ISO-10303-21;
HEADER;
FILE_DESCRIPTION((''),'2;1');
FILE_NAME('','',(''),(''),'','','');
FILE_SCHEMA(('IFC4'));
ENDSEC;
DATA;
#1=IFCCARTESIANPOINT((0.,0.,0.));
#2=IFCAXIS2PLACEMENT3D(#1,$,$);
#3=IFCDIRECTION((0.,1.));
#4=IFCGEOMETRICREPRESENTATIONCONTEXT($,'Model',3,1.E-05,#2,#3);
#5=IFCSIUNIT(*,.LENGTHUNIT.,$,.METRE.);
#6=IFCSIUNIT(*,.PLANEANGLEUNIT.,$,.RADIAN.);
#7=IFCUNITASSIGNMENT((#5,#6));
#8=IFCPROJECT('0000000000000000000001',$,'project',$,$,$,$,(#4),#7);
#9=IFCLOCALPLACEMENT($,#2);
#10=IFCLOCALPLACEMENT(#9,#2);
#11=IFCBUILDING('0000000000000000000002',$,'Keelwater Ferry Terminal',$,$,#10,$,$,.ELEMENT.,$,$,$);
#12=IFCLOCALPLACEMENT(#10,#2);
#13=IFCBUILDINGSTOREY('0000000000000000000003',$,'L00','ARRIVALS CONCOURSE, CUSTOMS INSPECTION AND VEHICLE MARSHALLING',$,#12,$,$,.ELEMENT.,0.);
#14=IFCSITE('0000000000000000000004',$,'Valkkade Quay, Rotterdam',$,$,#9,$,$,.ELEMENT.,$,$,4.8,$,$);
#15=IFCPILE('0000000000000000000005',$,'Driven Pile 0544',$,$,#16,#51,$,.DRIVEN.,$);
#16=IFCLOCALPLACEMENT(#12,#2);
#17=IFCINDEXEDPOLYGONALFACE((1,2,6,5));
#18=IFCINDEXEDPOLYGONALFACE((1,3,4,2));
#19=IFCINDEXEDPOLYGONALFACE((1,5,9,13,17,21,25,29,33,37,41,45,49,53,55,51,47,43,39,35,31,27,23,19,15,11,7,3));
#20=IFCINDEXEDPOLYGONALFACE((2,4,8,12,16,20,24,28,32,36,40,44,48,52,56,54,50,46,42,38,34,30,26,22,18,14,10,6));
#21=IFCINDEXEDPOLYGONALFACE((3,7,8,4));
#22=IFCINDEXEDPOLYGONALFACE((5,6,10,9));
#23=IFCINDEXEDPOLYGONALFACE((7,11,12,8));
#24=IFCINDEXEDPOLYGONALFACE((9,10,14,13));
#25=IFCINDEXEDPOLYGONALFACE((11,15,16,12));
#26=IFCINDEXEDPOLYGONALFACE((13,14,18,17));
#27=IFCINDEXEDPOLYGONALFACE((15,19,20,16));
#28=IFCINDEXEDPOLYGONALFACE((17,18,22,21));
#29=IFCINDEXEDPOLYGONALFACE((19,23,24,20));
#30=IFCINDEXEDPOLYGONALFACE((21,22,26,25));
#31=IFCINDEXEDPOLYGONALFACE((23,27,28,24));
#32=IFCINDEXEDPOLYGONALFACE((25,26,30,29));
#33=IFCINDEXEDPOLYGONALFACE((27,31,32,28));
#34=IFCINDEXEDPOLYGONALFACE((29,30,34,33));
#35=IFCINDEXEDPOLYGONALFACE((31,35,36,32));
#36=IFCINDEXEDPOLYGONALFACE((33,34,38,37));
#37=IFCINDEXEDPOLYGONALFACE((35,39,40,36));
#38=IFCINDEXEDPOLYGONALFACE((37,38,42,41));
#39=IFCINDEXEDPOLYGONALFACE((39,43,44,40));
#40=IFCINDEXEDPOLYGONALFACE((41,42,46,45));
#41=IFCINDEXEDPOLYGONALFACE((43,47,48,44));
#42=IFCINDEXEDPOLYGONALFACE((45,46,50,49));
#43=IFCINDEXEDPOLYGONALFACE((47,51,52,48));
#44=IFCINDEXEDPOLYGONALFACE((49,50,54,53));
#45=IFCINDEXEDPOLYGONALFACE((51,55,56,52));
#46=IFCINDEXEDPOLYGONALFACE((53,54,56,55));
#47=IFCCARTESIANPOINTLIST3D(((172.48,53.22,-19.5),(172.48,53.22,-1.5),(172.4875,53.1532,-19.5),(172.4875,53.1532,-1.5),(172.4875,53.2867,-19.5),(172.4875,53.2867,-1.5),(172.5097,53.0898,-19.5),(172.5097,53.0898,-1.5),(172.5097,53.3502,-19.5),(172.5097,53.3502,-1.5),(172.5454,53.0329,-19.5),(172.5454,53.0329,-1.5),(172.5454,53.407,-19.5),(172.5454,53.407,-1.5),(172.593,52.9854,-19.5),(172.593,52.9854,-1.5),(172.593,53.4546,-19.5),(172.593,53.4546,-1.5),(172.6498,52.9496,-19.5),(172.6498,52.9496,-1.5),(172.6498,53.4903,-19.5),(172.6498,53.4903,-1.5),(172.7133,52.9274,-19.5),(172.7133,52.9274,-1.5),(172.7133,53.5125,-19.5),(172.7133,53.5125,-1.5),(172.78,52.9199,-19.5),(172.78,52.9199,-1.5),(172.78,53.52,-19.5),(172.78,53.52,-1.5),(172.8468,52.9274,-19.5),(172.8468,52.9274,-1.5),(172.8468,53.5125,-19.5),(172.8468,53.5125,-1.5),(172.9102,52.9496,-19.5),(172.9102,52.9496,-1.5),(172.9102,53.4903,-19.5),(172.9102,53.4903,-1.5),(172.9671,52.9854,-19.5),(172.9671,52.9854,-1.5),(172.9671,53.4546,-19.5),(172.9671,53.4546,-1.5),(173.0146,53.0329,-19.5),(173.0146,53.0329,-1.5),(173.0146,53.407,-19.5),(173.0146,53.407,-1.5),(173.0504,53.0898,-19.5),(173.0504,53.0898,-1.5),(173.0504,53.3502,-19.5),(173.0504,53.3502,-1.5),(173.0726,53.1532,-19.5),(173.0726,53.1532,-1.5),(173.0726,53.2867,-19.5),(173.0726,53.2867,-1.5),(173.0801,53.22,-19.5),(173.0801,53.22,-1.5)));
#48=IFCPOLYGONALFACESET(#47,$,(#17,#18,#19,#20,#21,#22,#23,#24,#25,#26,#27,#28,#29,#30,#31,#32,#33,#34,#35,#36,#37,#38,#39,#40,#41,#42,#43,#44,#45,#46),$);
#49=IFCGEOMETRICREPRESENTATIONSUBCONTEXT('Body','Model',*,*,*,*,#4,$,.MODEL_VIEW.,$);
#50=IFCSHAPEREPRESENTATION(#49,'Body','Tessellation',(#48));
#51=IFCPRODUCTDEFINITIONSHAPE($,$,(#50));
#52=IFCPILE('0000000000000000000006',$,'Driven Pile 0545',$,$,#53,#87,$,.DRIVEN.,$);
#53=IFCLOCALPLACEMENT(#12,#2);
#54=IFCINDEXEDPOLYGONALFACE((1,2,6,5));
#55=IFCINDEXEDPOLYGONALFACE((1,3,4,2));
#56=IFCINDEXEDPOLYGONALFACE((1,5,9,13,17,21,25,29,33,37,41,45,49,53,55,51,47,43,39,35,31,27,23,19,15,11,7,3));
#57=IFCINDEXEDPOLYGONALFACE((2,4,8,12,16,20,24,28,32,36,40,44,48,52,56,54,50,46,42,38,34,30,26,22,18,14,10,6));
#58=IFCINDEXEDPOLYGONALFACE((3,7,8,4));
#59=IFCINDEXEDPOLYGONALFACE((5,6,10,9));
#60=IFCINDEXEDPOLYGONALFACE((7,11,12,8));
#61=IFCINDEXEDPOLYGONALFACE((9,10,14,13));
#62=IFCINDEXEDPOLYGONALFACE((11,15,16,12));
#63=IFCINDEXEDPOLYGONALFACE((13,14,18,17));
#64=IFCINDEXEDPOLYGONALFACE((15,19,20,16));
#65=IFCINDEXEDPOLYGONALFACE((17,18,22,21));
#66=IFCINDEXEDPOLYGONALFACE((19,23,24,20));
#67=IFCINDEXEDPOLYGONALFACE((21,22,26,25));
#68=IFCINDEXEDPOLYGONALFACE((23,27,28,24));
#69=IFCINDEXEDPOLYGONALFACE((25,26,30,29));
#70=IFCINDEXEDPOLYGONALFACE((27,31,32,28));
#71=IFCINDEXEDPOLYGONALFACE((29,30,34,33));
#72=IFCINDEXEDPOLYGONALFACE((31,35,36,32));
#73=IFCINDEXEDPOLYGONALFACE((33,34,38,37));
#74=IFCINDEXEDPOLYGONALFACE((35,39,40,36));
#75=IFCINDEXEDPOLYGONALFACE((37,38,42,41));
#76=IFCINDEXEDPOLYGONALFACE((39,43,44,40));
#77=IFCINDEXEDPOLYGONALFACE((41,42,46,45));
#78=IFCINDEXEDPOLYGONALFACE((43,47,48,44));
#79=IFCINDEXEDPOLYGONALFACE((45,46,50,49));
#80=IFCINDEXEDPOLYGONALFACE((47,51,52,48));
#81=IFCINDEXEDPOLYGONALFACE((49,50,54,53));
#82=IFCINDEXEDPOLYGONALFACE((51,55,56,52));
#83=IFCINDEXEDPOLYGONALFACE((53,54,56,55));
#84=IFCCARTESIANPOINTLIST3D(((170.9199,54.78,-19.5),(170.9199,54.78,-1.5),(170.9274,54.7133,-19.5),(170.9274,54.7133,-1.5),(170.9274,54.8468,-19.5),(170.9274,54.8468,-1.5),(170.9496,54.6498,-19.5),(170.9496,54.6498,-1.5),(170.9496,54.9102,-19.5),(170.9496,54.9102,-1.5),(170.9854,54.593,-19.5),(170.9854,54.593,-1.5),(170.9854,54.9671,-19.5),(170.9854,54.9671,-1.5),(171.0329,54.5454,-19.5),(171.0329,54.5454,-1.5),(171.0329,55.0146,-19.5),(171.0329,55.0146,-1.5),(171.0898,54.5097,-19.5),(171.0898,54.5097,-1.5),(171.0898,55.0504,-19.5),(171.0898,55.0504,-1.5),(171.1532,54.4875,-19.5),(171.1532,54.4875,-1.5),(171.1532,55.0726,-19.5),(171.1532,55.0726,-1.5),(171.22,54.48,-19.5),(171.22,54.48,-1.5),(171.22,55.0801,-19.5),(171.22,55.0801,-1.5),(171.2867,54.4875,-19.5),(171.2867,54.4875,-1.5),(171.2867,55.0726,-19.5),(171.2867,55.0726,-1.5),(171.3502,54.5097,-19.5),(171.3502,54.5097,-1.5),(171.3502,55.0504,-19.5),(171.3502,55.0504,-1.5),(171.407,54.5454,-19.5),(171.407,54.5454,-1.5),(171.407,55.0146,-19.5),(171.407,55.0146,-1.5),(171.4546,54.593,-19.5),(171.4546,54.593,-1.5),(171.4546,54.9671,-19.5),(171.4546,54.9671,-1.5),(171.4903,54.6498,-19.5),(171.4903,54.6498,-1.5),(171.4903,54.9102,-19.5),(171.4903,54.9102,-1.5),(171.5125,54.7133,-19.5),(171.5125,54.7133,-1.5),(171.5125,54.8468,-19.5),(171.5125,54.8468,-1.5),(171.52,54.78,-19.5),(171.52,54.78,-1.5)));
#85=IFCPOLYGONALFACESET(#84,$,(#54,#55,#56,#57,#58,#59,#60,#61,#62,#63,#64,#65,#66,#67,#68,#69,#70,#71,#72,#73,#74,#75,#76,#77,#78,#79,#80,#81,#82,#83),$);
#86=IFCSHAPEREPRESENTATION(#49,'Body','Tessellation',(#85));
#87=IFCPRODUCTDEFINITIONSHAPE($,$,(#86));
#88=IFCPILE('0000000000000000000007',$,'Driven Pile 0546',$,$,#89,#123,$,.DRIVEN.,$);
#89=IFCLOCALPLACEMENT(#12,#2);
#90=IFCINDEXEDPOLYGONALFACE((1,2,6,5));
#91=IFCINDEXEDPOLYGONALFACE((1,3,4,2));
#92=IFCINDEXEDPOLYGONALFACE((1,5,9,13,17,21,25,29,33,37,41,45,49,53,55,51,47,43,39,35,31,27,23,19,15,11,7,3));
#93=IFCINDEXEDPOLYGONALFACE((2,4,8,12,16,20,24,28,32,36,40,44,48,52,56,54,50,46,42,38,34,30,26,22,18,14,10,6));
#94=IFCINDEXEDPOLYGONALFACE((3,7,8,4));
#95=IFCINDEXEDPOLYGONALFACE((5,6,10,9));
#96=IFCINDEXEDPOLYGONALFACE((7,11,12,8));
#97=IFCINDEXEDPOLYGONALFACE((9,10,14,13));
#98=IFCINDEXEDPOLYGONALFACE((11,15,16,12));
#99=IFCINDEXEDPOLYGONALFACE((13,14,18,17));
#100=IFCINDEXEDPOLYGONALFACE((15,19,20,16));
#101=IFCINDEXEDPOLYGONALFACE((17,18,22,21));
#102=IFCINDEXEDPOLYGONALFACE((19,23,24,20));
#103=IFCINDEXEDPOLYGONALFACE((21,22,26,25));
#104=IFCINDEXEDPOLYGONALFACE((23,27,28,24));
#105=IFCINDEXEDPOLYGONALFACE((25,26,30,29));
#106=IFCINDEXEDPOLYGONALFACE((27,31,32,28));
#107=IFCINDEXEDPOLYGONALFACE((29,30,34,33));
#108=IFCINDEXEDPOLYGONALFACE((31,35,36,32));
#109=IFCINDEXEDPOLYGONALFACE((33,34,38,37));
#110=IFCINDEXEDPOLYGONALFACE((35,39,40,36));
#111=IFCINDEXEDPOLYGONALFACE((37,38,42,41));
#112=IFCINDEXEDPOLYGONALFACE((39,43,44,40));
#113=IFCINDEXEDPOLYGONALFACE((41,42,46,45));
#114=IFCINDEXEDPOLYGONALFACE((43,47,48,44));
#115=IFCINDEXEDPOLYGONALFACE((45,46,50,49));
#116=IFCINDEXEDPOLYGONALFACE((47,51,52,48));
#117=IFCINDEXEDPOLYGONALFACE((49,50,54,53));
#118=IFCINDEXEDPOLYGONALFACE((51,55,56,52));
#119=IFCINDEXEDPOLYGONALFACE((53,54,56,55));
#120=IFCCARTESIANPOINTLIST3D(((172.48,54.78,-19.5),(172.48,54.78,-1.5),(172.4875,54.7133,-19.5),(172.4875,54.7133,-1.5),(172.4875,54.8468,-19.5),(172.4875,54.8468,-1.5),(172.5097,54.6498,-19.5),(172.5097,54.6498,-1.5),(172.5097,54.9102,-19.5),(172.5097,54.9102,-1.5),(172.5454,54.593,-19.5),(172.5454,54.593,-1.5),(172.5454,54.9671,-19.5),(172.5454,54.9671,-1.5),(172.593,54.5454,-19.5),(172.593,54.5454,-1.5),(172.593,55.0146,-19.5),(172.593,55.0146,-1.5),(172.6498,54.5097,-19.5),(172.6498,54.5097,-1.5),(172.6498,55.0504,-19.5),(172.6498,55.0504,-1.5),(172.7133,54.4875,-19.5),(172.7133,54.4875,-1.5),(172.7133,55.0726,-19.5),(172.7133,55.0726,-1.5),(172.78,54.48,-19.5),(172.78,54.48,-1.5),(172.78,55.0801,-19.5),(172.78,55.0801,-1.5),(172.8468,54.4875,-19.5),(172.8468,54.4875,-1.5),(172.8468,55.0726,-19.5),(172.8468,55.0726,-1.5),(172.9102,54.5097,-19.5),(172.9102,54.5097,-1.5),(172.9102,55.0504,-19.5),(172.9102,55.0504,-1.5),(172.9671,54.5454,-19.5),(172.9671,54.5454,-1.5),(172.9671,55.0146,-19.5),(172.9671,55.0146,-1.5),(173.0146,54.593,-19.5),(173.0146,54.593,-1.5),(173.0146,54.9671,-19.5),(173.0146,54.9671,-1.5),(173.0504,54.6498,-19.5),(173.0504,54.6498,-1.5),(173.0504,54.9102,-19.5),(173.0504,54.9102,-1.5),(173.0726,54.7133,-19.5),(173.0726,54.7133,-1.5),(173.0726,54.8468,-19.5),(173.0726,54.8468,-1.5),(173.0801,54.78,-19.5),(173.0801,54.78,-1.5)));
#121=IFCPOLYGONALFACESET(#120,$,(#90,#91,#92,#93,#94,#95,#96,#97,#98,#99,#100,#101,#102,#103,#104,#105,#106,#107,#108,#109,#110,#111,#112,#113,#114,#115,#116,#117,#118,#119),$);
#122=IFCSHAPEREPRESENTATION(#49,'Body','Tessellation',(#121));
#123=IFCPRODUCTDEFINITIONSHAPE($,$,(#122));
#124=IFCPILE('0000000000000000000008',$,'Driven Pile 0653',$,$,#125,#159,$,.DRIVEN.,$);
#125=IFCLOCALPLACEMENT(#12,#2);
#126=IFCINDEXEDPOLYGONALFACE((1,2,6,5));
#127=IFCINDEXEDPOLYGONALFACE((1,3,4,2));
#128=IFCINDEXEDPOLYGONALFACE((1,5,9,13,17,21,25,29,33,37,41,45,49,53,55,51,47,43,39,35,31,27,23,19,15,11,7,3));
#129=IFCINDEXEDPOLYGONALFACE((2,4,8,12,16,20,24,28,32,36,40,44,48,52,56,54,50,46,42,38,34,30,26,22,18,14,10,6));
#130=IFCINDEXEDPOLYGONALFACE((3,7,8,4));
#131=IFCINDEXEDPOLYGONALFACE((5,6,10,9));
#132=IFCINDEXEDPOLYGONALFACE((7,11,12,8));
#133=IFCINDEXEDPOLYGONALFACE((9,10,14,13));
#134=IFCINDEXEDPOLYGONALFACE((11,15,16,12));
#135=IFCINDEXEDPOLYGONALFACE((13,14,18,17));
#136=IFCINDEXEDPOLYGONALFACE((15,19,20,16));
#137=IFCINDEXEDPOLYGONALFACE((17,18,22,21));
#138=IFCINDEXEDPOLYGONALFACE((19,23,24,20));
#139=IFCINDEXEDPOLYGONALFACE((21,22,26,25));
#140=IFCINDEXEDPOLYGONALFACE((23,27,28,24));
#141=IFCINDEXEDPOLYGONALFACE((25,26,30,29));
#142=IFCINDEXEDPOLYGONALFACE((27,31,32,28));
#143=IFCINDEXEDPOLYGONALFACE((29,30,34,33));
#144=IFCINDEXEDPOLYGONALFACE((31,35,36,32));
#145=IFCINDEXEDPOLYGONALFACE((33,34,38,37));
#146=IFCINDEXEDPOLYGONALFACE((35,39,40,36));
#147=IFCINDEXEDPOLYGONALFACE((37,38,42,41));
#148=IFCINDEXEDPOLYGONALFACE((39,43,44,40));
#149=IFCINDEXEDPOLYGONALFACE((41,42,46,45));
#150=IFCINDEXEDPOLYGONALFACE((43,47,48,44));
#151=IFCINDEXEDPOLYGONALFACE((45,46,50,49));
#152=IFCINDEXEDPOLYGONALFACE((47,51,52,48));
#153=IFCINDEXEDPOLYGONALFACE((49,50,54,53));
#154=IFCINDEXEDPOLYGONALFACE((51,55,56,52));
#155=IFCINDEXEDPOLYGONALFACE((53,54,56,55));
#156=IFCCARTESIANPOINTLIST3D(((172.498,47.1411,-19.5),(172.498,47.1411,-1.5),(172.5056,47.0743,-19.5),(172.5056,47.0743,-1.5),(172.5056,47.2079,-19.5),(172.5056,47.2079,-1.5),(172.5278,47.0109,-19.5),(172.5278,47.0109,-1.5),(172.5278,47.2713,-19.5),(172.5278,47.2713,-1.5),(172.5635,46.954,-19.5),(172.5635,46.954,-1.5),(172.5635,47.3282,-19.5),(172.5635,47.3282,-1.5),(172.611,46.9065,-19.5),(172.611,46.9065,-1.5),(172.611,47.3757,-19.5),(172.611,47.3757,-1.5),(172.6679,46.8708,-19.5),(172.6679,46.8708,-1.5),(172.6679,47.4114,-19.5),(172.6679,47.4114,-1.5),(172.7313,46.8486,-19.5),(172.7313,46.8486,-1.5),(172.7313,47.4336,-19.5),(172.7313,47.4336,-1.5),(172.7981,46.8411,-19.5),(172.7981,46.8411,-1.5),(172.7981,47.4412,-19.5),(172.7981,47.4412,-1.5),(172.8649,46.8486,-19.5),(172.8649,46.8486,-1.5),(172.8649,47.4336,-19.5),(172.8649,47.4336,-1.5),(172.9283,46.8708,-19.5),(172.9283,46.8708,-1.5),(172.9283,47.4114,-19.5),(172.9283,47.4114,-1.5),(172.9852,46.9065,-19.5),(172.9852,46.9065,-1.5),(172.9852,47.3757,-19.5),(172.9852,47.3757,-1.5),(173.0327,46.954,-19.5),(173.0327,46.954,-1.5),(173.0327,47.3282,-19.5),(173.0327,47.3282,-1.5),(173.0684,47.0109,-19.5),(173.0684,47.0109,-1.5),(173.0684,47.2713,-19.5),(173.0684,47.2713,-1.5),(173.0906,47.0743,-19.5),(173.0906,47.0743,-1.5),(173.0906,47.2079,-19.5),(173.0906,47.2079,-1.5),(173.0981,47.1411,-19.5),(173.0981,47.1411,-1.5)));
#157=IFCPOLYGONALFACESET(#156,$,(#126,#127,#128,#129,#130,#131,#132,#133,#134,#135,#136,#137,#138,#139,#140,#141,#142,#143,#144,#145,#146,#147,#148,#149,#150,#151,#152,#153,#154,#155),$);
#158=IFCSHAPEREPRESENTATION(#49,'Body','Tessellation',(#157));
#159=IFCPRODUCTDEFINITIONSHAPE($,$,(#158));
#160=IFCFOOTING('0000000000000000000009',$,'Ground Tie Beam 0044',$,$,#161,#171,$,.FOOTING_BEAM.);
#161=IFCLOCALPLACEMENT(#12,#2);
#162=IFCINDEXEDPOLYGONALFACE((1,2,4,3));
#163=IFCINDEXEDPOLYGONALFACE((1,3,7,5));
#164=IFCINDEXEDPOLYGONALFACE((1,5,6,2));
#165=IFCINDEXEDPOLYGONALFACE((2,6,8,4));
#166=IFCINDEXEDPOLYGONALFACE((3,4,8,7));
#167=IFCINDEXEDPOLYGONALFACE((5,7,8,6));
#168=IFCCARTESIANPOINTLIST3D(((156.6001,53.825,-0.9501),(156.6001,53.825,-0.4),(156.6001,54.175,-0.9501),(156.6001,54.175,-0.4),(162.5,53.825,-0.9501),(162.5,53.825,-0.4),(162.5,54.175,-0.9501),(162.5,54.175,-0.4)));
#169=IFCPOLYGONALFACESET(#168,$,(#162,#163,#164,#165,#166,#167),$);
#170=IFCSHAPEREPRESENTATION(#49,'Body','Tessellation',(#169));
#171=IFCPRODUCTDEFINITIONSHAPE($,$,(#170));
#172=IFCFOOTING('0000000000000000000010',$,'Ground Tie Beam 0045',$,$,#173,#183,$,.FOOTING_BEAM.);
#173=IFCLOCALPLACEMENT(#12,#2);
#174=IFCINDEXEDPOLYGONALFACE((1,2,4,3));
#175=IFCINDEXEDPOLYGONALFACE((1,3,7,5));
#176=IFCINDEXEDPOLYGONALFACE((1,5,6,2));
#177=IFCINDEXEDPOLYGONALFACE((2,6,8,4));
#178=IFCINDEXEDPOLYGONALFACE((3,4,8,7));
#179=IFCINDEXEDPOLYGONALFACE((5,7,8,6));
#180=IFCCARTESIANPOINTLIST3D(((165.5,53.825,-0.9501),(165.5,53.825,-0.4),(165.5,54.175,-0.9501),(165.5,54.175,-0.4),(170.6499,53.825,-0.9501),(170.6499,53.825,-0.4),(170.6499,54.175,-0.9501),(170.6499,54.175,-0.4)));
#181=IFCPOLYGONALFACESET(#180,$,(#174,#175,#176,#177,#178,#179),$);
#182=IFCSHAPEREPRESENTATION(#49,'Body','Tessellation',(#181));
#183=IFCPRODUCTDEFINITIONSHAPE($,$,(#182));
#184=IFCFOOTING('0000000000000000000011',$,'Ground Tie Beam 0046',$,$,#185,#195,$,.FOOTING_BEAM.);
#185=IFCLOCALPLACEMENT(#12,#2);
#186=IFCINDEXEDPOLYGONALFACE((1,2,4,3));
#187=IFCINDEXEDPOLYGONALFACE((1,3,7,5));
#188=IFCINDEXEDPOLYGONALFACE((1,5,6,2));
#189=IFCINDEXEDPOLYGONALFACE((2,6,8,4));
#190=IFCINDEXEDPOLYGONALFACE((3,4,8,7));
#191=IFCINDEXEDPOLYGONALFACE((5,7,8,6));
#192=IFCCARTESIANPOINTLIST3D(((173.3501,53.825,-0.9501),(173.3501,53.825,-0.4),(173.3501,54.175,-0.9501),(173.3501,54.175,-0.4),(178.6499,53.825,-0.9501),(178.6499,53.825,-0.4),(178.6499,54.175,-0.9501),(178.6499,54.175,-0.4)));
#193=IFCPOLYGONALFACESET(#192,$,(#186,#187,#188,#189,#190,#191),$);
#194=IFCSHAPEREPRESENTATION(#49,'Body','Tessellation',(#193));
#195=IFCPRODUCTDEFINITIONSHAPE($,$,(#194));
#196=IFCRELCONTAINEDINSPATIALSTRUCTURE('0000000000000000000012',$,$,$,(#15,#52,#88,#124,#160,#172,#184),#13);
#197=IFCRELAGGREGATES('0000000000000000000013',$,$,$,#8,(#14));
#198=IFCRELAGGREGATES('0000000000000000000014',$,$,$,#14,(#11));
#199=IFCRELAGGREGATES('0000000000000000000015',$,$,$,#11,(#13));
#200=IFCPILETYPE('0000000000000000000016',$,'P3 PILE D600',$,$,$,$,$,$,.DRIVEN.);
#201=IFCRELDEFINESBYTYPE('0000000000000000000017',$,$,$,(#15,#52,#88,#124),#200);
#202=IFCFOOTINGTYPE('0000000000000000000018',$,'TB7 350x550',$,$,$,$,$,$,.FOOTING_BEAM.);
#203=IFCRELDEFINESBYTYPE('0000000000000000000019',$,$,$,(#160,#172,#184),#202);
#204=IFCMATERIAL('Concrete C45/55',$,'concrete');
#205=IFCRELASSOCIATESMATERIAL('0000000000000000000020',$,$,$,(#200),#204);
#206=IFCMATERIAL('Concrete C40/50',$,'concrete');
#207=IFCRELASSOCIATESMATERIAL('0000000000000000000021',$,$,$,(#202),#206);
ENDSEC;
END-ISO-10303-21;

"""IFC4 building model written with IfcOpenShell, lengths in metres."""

from ifc_helpers import new_model, si_unit, direction, frame, origin, origin_2d, place, context, subcontext, project, spatial, rectangle, circle, extrude, material, material_profile, profile_set, type_object, element, save


model = new_model("IFC4")

# Units and contexts
model_context = context("Model", 3, precision=1e-05, world=origin(), true_north=direction((0.0, 1.0)))
body_context = subcontext(model_context, "Body", "Model", "MODEL_VIEW")
ifc_project = project(units=[si_unit("LENGTHUNIT", "METRE"), si_unit("PLANEANGLEUNIT", "RADIAN")], contexts=[model_context])

# Site, building, storey
site_placement = place(None, origin())
site = spatial("IfcSite", under=ifc_project, at=site_placement, Name="Valkkade Quay, Rotterdam", CompositionType="ELEMENT", RefElevation=4.8)
building_placement = place(site_placement, origin())
building = spatial("IfcBuilding", under=site, at=building_placement, Name="Keelwater Ferry Terminal", CompositionType="ELEMENT")
storey_placement = place(building_placement, origin())
storey = spatial("IfcBuildingStorey", under=building, at=storey_placement, Name="L00", Description="ARRIVALS CONCOURSE, CUSTOMS INSPECTION AND VEHICLE MARSHALLING", CompositionType="ELEMENT", Elevation=0.0)

# Piles
ifc_material_1 = material(Name="Concrete C45/55", Category="concrete")
ifc_material_profile_1 = material_profile(ifc_material_1, circle(Radius=0.3, at=origin_2d()), Name="PILE D600")
ifc_profile_set_1 = profile_set([ifc_material_profile_1], Name="Concrete C45/55")
pile_type_1 = type_object("IfcPileType", Name="P3 PILE D600", PredefinedType="DRIVEN", material=ifc_profile_set_1)
for number, where, z_axis, x_axis, name in (
    (1, (172.78, 53.22, -1.5), (0.0, 0.0, -1.0), (1.0, 0.0, 0.0), "Driven Pile 0544"),
    (2, (171.22, 54.78, -1.5), (0.0, 0.0, -1.0), (1.0, 0.0, 0.0), "Driven Pile 0545"),
    (3, (172.78, 54.78, -1.5), (0.0, 0.0, -1.0), (1.0, 0.0, 0.0), "Driven Pile 0546"),
    (4, (172.7981, 47.1411, -1.5), (0.0, 0.0, -1.0), (1.0, 0.0, 0.0), "Driven Pile 0653"),
):
    element("IfcPile", number, at=place(storey_placement, frame(where, z_axis=z_axis, x_axis=x_axis)), inside=storey, type_object=pile_type_1, Name=name, PredefinedType="DRIVEN", context=body_context, shape_type="SweptSolid", body=[
        extrude(circle(Radius=0.3, at=origin_2d()), origin(), (0.0, 0.0, 1.0), 18.0),
    ])

# Footings
ifc_material_2 = material(Name="Concrete C40/50", Category="concrete")
ifc_material_profile_2 = material_profile(ifc_material_2, rectangle(XDim=0.3501, YDim=0.55, at=origin_2d()), Name="TB 350x550")
ifc_profile_set_2 = profile_set([ifc_material_profile_2], Name="Concrete C40/50")
footing_type = type_object("IfcFootingType", Name="TB7 350x550", PredefinedType="FOOTING_BEAM", material=ifc_profile_set_2)
footing_1_placement = place(storey_placement, frame((156.6001, 54.0, -0.675), z_axis=(1.0, 0.0, 0.0), x_axis=(0.0, 1.0, 0.0)))
element("IfcFooting", 5, at=footing_1_placement, inside=storey, type_object=footing_type, Name="Ground Tie Beam 0044", PredefinedType="FOOTING_BEAM", context=body_context, shape_type="SweptSolid", body=[
    extrude(rectangle(XDim=0.3501, YDim=0.55, at=origin_2d()), origin(), (0.0, 0.0, 1.0), 5.8999),
])
footing_2_placement = place(storey_placement, frame((165.5, 54.0, -0.675), z_axis=(1.0, 0.0, 0.0), x_axis=(0.0, 1.0, 0.0)))
element("IfcFooting", 6, at=footing_2_placement, inside=storey, type_object=footing_type, Name="Ground Tie Beam 0045", PredefinedType="FOOTING_BEAM", context=body_context, shape_type="SweptSolid", body=[
    extrude(rectangle(XDim=0.3501, YDim=0.55, at=origin_2d()), origin(), (0.0, 0.0, 1.0), 5.1499),
])
footing_3_placement = place(storey_placement, frame((173.3501, 54.0, -0.675), z_axis=(1.0, 0.0, 0.0), x_axis=(0.0, 1.0, 0.0)))
element("IfcFooting", 7, at=footing_3_placement, inside=storey, type_object=footing_type, Name="Ground Tie Beam 0046", PredefinedType="FOOTING_BEAM", context=body_context, shape_type="SweptSolid", body=[
    extrude(rectangle(XDim=0.3501, YDim=0.55, at=origin_2d()), origin(), (0.0, 0.0, 1.0), 5.2998),
])

save(model, "model.ifc")
